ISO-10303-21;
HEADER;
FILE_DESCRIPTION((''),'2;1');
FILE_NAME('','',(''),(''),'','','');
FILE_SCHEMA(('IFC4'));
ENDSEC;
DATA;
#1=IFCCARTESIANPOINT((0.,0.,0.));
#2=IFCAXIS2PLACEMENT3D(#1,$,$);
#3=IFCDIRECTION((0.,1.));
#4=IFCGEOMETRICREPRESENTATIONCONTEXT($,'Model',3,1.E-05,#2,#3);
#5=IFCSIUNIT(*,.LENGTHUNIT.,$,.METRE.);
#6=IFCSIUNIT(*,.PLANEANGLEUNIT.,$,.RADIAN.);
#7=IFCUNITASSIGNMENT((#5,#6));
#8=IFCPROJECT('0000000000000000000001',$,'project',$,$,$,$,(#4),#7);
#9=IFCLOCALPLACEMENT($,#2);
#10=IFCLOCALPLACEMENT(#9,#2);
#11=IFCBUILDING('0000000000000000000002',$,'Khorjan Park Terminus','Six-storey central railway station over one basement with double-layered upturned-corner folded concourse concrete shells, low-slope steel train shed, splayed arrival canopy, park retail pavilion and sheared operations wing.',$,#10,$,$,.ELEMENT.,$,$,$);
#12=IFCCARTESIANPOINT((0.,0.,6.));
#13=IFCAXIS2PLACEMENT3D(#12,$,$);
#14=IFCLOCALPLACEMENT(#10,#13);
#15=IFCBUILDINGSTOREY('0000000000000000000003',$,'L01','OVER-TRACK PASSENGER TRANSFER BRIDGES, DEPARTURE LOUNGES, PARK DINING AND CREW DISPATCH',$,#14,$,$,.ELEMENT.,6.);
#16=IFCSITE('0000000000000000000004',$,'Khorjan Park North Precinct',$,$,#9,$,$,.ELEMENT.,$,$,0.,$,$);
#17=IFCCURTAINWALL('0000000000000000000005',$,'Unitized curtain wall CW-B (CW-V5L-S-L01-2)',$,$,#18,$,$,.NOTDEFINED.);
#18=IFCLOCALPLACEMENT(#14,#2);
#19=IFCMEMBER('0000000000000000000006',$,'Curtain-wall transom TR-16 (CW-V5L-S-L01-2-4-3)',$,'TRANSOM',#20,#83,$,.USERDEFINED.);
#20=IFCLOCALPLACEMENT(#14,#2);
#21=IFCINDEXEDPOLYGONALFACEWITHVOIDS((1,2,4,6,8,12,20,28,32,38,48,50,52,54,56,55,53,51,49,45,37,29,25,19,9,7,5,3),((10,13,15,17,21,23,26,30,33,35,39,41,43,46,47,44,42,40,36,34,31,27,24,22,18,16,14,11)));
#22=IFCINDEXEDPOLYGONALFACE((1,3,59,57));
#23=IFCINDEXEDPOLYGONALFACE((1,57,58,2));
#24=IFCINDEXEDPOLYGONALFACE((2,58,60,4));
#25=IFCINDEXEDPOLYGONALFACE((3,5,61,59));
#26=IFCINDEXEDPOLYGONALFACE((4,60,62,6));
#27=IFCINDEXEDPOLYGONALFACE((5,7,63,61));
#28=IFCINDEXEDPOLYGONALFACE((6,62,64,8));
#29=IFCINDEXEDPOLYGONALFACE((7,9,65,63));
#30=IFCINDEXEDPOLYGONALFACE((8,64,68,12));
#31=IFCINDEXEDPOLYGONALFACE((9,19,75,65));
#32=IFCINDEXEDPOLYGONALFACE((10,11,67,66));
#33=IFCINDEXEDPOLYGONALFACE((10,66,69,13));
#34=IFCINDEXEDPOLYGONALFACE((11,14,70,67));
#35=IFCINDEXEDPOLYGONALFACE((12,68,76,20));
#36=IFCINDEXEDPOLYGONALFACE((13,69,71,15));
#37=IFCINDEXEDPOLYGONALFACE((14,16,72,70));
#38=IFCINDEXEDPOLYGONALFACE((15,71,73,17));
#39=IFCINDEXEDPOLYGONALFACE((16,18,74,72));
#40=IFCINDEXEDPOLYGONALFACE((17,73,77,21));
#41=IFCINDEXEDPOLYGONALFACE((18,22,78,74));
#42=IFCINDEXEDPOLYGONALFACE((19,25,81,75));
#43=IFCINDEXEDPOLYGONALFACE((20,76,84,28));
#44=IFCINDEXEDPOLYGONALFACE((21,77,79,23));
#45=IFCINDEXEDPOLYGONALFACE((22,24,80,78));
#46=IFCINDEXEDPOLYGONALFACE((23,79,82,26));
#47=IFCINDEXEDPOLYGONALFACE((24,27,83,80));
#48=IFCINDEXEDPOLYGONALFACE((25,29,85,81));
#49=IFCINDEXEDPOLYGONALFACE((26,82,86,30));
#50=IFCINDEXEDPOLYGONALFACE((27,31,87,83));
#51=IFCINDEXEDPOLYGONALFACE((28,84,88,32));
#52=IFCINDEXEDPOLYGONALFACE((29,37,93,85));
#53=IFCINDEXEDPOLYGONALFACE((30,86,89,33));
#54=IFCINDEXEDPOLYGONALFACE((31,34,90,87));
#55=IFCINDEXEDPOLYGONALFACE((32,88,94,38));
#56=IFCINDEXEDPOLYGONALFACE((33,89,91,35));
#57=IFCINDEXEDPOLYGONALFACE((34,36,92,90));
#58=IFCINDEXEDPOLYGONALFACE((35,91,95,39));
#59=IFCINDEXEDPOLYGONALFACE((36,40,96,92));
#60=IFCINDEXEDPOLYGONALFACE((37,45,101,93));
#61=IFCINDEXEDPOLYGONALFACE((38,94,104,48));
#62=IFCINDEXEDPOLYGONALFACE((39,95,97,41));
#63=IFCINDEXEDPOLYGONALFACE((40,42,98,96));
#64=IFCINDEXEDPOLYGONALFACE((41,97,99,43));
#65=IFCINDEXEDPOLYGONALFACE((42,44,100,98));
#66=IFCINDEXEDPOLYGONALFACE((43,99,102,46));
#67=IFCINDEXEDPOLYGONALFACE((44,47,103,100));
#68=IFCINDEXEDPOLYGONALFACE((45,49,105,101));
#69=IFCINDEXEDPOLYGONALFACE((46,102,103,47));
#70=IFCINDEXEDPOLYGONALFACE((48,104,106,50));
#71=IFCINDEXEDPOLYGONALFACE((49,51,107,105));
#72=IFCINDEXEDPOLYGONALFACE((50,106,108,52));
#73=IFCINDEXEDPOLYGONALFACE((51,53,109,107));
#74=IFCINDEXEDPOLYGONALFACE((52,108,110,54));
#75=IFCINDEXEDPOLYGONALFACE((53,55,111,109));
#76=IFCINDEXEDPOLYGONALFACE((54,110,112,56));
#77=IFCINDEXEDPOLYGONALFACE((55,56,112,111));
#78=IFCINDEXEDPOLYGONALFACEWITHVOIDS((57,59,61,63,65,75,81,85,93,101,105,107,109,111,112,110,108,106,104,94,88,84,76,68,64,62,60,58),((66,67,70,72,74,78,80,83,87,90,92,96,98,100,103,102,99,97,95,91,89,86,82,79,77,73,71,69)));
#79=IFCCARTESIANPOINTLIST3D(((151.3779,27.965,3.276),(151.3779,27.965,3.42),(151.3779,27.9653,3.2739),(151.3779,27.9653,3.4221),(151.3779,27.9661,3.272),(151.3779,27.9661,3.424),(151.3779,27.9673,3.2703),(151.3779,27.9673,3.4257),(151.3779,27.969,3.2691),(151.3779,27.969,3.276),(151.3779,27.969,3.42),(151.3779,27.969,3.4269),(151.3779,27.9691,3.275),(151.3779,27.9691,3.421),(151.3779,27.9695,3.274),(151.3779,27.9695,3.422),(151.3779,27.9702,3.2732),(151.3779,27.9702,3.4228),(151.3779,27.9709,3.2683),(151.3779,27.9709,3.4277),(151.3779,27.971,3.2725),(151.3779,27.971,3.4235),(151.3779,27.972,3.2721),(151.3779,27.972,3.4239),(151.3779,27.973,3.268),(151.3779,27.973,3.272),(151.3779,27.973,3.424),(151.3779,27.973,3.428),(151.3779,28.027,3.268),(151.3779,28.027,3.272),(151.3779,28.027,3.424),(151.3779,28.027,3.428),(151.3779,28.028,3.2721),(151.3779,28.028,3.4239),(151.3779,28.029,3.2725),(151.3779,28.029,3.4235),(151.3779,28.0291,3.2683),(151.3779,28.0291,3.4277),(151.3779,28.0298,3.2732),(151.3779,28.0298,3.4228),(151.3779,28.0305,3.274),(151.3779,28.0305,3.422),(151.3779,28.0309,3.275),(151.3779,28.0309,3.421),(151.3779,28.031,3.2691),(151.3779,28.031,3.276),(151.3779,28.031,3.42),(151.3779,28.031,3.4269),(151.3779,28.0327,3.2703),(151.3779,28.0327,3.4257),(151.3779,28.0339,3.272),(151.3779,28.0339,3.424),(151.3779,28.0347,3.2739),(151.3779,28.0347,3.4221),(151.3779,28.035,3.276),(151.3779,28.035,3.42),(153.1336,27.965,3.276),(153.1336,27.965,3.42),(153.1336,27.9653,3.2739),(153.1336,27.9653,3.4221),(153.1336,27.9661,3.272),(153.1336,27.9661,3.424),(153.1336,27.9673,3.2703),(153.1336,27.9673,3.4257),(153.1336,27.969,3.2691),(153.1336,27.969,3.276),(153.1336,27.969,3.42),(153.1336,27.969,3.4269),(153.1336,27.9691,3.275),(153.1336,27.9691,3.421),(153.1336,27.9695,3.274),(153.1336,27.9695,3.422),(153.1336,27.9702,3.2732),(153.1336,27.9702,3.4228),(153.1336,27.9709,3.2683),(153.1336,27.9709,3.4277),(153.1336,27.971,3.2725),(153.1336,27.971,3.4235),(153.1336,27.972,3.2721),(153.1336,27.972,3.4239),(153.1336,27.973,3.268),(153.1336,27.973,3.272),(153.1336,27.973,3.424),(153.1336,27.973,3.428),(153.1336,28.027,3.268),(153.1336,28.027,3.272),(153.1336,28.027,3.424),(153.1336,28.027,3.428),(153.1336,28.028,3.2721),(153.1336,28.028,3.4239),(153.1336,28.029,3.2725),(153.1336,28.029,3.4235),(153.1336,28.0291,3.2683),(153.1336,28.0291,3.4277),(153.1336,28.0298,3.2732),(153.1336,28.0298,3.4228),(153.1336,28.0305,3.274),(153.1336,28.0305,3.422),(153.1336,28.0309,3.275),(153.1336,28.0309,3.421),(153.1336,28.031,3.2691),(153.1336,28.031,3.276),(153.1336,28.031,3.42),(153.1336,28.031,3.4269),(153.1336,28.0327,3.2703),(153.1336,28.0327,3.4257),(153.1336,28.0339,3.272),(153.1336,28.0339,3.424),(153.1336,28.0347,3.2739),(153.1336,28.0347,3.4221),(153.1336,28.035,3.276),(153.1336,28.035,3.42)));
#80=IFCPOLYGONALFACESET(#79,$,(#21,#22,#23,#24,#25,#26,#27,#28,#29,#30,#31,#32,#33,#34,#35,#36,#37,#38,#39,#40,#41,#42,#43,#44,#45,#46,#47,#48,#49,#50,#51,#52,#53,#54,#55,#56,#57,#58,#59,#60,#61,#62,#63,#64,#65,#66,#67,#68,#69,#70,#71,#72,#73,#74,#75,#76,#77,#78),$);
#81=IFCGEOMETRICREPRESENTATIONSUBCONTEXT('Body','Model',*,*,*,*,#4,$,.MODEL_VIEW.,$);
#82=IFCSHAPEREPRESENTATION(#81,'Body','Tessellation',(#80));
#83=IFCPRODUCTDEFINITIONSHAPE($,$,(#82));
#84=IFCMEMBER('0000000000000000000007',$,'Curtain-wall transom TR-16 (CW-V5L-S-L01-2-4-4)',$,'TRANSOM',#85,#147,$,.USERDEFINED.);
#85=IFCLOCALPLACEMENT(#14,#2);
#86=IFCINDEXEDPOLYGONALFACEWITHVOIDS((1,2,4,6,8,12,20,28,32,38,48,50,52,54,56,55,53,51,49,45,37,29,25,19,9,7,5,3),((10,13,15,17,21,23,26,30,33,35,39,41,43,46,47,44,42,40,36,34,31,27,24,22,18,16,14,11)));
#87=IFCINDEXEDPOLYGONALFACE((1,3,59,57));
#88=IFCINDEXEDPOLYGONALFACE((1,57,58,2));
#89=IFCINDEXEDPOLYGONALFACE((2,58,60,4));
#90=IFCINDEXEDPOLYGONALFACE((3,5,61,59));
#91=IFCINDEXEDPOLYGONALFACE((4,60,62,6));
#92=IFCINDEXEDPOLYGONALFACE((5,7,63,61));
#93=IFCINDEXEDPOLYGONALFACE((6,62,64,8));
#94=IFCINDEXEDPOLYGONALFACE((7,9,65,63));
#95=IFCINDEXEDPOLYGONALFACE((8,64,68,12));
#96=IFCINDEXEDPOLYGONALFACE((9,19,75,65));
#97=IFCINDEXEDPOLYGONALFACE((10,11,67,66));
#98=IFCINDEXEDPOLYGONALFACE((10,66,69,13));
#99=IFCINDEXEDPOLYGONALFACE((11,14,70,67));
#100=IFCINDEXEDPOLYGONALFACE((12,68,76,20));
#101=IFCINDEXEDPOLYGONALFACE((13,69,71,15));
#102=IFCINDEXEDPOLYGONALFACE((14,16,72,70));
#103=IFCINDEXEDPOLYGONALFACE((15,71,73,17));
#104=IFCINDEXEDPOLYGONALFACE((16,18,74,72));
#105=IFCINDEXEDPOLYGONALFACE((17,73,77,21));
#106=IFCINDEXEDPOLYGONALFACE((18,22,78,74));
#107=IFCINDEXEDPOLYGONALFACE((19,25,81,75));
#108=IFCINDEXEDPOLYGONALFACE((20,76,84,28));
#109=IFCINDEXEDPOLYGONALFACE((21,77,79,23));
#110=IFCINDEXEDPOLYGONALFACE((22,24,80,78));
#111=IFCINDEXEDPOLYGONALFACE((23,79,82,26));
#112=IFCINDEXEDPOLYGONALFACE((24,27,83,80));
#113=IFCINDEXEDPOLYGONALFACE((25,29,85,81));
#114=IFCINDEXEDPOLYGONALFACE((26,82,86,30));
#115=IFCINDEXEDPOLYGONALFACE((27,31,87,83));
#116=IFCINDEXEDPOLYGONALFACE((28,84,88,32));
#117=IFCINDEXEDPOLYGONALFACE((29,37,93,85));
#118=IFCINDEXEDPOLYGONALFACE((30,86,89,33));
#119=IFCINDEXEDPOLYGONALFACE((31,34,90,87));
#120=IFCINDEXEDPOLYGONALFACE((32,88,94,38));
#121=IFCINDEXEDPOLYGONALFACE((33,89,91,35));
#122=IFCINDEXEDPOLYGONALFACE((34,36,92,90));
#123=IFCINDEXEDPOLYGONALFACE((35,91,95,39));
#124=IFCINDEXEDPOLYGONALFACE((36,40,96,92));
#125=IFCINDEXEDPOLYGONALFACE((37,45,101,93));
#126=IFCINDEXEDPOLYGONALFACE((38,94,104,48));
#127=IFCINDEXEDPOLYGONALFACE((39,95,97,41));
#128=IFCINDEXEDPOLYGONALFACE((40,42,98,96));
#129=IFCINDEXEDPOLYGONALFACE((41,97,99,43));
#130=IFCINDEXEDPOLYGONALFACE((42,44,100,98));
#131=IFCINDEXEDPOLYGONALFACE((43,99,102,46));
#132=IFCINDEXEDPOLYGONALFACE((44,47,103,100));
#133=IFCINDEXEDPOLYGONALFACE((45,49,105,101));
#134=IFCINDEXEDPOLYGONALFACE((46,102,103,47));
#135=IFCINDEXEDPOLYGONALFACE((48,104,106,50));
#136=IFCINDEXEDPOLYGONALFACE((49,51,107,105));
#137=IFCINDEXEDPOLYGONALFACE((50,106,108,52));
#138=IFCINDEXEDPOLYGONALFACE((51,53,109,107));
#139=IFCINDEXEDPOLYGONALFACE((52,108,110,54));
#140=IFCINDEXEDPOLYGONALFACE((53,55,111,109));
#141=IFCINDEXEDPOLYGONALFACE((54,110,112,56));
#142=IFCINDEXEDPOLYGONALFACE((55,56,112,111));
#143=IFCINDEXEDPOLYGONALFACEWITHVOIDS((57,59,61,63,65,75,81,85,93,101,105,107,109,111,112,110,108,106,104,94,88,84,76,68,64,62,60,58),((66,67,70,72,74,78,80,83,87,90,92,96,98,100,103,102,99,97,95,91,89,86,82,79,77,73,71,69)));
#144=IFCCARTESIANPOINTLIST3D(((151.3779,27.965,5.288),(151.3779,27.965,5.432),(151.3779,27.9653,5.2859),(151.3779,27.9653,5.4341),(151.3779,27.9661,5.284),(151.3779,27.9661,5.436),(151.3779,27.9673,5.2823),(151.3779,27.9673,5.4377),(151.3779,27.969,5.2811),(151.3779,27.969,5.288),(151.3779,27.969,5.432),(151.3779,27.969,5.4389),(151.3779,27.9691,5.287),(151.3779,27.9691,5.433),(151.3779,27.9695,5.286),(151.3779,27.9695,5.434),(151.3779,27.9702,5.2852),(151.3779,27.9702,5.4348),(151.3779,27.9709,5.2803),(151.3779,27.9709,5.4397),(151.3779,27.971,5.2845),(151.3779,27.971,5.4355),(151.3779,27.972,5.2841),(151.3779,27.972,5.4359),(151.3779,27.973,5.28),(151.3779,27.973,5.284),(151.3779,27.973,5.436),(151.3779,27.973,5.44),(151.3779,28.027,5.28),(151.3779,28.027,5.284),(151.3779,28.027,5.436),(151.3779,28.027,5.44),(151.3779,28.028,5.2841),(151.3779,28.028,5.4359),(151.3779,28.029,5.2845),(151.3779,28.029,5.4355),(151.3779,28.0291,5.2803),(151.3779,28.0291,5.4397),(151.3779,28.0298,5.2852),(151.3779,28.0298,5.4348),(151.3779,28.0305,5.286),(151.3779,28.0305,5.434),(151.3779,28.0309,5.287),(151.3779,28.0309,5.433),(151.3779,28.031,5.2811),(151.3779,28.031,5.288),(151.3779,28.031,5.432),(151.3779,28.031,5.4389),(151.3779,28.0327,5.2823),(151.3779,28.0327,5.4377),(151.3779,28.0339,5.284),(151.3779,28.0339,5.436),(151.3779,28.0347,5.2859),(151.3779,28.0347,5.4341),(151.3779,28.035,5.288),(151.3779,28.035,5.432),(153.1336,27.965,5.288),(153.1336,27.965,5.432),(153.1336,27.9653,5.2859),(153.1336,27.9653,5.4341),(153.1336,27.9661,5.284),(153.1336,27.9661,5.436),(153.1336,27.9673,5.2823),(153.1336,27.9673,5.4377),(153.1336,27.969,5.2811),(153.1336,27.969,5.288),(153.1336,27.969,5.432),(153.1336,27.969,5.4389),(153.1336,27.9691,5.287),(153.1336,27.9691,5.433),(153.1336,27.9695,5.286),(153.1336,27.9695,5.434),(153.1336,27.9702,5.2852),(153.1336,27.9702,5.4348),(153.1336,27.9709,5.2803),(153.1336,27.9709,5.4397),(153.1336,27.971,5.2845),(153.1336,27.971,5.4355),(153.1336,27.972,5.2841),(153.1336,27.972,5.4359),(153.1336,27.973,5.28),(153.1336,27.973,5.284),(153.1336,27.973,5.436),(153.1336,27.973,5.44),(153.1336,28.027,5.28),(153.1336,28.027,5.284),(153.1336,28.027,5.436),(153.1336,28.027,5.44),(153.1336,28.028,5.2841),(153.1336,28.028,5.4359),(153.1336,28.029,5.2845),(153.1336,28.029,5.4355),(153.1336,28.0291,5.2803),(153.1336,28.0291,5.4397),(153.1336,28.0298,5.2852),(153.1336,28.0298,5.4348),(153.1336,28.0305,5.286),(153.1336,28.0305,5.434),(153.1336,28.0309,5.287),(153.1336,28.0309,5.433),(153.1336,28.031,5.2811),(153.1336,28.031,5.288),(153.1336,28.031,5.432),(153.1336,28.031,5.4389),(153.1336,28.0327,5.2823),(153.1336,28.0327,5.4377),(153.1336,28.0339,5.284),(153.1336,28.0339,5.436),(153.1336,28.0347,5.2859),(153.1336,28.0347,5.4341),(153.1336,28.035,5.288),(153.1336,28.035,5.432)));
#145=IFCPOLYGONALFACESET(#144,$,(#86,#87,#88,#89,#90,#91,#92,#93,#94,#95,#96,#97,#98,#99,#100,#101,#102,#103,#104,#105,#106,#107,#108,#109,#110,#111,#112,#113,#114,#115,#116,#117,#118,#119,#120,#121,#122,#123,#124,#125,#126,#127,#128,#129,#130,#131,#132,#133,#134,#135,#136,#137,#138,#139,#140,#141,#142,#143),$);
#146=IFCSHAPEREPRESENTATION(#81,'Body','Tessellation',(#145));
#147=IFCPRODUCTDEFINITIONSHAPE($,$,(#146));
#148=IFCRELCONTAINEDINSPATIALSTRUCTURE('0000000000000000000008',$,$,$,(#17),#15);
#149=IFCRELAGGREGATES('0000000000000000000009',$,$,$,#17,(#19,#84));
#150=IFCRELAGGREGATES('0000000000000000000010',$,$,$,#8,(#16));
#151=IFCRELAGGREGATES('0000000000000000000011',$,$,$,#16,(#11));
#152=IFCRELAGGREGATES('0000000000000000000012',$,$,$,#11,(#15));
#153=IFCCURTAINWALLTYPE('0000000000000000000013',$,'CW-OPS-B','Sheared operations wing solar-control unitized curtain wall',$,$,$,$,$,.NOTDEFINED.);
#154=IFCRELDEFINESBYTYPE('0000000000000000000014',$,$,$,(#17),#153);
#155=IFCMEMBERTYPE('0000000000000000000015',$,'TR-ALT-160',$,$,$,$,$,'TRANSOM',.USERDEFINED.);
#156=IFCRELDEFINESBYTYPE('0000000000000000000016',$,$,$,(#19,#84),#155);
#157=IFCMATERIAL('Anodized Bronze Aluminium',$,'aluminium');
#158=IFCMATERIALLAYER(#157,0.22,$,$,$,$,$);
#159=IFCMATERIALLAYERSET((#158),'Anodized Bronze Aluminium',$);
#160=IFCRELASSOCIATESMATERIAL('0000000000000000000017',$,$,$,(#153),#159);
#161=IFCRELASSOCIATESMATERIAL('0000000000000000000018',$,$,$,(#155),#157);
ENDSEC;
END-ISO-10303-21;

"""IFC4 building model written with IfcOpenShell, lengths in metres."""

from ifc_helpers import new_model, si_unit, direction, frame, origin, origin_2d, place, context, subcontext, project, spatial, hollow_rectangle, extrude, material, layer, layer_set, material_profile, profile_set, type_object, element, aggregate, save


model = new_model("IFC4")

# Units and contexts
model_context = context("Model", 3, precision=1e-05, world=origin(), true_north=direction((0.0, 1.0)))
body_context = subcontext(model_context, "Body", "Model", "MODEL_VIEW")
ifc_project = project(units=[si_unit("LENGTHUNIT", "METRE"), si_unit("PLANEANGLEUNIT", "RADIAN")], contexts=[model_context])

# Site, building, storey
site_placement = place(None, origin())
site = spatial("IfcSite", under=ifc_project, at=site_placement, Name="Khorjan Park North Precinct", CompositionType="ELEMENT", RefElevation=0.0)
building_placement = place(site_placement, origin())
building = spatial("IfcBuilding", under=site, at=building_placement, Name="Khorjan Park Terminus", Description="Six-storey central railway station over one basement with double-layered upturned-corner folded concourse concrete shells, low-slope steel train shed, splayed arrival canopy, park retail pavilion and sheared operations wing.", CompositionType="ELEMENT")
storey_placement = place(building_placement, frame((0.0, 0.0, 6.0)))
storey = spatial("IfcBuildingStorey", under=building, at=storey_placement, Name="L01", Description="OVER-TRACK PASSENGER TRANSFER BRIDGES, DEPARTURE LOUNGES, PARK DINING AND CREW DISPATCH", CompositionType="ELEMENT", Elevation=6.0)

# Curtain wall, members
ifc_material_1 = material(Name="Anodized Bronze Aluminium", Category="aluminium")
ifc_layer_1 = layer(ifc_material_1, 0.22)
ifc_layer_set_1 = layer_set([ifc_layer_1], Name="Anodized Bronze Aluminium")
curtain_wall_type = type_object("IfcCurtainWallType", Name="CW-OPS-B", Description="Sheared operations wing solar-control unitized curtain wall", PredefinedType="NOTDEFINED", material=ifc_layer_set_1)
curtain_wall_placement = place(storey_placement, origin())
curtain_wall = element("IfcCurtainWall", 1, at=curtain_wall_placement, inside=storey, type_object=curtain_wall_type, Name="Unitized curtain wall CW-B (CW-V5L-S-L01-2)", PredefinedType="NOTDEFINED")
ifc_material_profile_1 = material_profile(ifc_material_1, hollow_rectangle(XDim=0.07, YDim=0.16, WallThickness=0.004, InnerFilletRadius=0.004, OuterFilletRadius=0.008, at=origin_2d()), Name="ALT 70x160x4")
ifc_profile_set_1 = profile_set([ifc_material_profile_1], Name="Anodized Bronze Aluminium")
member_type_1 = type_object("IfcMemberType", Name="TR-ALT-160", ElementType="TRANSOM", PredefinedType="USERDEFINED", material=ifc_profile_set_1)
member_1_placement = place(storey_placement, frame((151.3779, 28.0, 3.348), z_axis=(1.0, 0.0, 0.0), x_axis=(0.0, 1.0, 0.0)))
member_1 = element("IfcMember", 2, at=member_1_placement, type_object=member_type_1, Name="Curtain-wall transom TR-16 (CW-V5L-S-L01-2-4-3)", ObjectType="TRANSOM", PredefinedType="USERDEFINED", context=body_context, shape_type="SweptSolid", body=[
    extrude(hollow_rectangle(XDim=0.07, YDim=0.16, WallThickness=0.004, InnerFilletRadius=0.004, OuterFilletRadius=0.008, at=origin_2d()), origin(), (0.0, 0.0, 1.0), 1.7557),
])
member_2_placement = place(storey_placement, frame((151.3779, 28.0, 5.36), z_axis=(1.0, 0.0, 0.0), x_axis=(0.0, 1.0, 0.0)))
member_2 = element("IfcMember", 3, at=member_2_placement, type_object=member_type_1, Name="Curtain-wall transom TR-16 (CW-V5L-S-L01-2-4-4)", ObjectType="TRANSOM", PredefinedType="USERDEFINED", context=body_context, shape_type="SweptSolid", body=[
    extrude(hollow_rectangle(XDim=0.07, YDim=0.16, WallThickness=0.004, InnerFilletRadius=0.004, OuterFilletRadius=0.008, at=origin_2d()), origin(), (0.0, 0.0, 1.0), 1.7557),
])
aggregate(curtain_wall, [member_1, member_2])

save(model, "model.ifc")
